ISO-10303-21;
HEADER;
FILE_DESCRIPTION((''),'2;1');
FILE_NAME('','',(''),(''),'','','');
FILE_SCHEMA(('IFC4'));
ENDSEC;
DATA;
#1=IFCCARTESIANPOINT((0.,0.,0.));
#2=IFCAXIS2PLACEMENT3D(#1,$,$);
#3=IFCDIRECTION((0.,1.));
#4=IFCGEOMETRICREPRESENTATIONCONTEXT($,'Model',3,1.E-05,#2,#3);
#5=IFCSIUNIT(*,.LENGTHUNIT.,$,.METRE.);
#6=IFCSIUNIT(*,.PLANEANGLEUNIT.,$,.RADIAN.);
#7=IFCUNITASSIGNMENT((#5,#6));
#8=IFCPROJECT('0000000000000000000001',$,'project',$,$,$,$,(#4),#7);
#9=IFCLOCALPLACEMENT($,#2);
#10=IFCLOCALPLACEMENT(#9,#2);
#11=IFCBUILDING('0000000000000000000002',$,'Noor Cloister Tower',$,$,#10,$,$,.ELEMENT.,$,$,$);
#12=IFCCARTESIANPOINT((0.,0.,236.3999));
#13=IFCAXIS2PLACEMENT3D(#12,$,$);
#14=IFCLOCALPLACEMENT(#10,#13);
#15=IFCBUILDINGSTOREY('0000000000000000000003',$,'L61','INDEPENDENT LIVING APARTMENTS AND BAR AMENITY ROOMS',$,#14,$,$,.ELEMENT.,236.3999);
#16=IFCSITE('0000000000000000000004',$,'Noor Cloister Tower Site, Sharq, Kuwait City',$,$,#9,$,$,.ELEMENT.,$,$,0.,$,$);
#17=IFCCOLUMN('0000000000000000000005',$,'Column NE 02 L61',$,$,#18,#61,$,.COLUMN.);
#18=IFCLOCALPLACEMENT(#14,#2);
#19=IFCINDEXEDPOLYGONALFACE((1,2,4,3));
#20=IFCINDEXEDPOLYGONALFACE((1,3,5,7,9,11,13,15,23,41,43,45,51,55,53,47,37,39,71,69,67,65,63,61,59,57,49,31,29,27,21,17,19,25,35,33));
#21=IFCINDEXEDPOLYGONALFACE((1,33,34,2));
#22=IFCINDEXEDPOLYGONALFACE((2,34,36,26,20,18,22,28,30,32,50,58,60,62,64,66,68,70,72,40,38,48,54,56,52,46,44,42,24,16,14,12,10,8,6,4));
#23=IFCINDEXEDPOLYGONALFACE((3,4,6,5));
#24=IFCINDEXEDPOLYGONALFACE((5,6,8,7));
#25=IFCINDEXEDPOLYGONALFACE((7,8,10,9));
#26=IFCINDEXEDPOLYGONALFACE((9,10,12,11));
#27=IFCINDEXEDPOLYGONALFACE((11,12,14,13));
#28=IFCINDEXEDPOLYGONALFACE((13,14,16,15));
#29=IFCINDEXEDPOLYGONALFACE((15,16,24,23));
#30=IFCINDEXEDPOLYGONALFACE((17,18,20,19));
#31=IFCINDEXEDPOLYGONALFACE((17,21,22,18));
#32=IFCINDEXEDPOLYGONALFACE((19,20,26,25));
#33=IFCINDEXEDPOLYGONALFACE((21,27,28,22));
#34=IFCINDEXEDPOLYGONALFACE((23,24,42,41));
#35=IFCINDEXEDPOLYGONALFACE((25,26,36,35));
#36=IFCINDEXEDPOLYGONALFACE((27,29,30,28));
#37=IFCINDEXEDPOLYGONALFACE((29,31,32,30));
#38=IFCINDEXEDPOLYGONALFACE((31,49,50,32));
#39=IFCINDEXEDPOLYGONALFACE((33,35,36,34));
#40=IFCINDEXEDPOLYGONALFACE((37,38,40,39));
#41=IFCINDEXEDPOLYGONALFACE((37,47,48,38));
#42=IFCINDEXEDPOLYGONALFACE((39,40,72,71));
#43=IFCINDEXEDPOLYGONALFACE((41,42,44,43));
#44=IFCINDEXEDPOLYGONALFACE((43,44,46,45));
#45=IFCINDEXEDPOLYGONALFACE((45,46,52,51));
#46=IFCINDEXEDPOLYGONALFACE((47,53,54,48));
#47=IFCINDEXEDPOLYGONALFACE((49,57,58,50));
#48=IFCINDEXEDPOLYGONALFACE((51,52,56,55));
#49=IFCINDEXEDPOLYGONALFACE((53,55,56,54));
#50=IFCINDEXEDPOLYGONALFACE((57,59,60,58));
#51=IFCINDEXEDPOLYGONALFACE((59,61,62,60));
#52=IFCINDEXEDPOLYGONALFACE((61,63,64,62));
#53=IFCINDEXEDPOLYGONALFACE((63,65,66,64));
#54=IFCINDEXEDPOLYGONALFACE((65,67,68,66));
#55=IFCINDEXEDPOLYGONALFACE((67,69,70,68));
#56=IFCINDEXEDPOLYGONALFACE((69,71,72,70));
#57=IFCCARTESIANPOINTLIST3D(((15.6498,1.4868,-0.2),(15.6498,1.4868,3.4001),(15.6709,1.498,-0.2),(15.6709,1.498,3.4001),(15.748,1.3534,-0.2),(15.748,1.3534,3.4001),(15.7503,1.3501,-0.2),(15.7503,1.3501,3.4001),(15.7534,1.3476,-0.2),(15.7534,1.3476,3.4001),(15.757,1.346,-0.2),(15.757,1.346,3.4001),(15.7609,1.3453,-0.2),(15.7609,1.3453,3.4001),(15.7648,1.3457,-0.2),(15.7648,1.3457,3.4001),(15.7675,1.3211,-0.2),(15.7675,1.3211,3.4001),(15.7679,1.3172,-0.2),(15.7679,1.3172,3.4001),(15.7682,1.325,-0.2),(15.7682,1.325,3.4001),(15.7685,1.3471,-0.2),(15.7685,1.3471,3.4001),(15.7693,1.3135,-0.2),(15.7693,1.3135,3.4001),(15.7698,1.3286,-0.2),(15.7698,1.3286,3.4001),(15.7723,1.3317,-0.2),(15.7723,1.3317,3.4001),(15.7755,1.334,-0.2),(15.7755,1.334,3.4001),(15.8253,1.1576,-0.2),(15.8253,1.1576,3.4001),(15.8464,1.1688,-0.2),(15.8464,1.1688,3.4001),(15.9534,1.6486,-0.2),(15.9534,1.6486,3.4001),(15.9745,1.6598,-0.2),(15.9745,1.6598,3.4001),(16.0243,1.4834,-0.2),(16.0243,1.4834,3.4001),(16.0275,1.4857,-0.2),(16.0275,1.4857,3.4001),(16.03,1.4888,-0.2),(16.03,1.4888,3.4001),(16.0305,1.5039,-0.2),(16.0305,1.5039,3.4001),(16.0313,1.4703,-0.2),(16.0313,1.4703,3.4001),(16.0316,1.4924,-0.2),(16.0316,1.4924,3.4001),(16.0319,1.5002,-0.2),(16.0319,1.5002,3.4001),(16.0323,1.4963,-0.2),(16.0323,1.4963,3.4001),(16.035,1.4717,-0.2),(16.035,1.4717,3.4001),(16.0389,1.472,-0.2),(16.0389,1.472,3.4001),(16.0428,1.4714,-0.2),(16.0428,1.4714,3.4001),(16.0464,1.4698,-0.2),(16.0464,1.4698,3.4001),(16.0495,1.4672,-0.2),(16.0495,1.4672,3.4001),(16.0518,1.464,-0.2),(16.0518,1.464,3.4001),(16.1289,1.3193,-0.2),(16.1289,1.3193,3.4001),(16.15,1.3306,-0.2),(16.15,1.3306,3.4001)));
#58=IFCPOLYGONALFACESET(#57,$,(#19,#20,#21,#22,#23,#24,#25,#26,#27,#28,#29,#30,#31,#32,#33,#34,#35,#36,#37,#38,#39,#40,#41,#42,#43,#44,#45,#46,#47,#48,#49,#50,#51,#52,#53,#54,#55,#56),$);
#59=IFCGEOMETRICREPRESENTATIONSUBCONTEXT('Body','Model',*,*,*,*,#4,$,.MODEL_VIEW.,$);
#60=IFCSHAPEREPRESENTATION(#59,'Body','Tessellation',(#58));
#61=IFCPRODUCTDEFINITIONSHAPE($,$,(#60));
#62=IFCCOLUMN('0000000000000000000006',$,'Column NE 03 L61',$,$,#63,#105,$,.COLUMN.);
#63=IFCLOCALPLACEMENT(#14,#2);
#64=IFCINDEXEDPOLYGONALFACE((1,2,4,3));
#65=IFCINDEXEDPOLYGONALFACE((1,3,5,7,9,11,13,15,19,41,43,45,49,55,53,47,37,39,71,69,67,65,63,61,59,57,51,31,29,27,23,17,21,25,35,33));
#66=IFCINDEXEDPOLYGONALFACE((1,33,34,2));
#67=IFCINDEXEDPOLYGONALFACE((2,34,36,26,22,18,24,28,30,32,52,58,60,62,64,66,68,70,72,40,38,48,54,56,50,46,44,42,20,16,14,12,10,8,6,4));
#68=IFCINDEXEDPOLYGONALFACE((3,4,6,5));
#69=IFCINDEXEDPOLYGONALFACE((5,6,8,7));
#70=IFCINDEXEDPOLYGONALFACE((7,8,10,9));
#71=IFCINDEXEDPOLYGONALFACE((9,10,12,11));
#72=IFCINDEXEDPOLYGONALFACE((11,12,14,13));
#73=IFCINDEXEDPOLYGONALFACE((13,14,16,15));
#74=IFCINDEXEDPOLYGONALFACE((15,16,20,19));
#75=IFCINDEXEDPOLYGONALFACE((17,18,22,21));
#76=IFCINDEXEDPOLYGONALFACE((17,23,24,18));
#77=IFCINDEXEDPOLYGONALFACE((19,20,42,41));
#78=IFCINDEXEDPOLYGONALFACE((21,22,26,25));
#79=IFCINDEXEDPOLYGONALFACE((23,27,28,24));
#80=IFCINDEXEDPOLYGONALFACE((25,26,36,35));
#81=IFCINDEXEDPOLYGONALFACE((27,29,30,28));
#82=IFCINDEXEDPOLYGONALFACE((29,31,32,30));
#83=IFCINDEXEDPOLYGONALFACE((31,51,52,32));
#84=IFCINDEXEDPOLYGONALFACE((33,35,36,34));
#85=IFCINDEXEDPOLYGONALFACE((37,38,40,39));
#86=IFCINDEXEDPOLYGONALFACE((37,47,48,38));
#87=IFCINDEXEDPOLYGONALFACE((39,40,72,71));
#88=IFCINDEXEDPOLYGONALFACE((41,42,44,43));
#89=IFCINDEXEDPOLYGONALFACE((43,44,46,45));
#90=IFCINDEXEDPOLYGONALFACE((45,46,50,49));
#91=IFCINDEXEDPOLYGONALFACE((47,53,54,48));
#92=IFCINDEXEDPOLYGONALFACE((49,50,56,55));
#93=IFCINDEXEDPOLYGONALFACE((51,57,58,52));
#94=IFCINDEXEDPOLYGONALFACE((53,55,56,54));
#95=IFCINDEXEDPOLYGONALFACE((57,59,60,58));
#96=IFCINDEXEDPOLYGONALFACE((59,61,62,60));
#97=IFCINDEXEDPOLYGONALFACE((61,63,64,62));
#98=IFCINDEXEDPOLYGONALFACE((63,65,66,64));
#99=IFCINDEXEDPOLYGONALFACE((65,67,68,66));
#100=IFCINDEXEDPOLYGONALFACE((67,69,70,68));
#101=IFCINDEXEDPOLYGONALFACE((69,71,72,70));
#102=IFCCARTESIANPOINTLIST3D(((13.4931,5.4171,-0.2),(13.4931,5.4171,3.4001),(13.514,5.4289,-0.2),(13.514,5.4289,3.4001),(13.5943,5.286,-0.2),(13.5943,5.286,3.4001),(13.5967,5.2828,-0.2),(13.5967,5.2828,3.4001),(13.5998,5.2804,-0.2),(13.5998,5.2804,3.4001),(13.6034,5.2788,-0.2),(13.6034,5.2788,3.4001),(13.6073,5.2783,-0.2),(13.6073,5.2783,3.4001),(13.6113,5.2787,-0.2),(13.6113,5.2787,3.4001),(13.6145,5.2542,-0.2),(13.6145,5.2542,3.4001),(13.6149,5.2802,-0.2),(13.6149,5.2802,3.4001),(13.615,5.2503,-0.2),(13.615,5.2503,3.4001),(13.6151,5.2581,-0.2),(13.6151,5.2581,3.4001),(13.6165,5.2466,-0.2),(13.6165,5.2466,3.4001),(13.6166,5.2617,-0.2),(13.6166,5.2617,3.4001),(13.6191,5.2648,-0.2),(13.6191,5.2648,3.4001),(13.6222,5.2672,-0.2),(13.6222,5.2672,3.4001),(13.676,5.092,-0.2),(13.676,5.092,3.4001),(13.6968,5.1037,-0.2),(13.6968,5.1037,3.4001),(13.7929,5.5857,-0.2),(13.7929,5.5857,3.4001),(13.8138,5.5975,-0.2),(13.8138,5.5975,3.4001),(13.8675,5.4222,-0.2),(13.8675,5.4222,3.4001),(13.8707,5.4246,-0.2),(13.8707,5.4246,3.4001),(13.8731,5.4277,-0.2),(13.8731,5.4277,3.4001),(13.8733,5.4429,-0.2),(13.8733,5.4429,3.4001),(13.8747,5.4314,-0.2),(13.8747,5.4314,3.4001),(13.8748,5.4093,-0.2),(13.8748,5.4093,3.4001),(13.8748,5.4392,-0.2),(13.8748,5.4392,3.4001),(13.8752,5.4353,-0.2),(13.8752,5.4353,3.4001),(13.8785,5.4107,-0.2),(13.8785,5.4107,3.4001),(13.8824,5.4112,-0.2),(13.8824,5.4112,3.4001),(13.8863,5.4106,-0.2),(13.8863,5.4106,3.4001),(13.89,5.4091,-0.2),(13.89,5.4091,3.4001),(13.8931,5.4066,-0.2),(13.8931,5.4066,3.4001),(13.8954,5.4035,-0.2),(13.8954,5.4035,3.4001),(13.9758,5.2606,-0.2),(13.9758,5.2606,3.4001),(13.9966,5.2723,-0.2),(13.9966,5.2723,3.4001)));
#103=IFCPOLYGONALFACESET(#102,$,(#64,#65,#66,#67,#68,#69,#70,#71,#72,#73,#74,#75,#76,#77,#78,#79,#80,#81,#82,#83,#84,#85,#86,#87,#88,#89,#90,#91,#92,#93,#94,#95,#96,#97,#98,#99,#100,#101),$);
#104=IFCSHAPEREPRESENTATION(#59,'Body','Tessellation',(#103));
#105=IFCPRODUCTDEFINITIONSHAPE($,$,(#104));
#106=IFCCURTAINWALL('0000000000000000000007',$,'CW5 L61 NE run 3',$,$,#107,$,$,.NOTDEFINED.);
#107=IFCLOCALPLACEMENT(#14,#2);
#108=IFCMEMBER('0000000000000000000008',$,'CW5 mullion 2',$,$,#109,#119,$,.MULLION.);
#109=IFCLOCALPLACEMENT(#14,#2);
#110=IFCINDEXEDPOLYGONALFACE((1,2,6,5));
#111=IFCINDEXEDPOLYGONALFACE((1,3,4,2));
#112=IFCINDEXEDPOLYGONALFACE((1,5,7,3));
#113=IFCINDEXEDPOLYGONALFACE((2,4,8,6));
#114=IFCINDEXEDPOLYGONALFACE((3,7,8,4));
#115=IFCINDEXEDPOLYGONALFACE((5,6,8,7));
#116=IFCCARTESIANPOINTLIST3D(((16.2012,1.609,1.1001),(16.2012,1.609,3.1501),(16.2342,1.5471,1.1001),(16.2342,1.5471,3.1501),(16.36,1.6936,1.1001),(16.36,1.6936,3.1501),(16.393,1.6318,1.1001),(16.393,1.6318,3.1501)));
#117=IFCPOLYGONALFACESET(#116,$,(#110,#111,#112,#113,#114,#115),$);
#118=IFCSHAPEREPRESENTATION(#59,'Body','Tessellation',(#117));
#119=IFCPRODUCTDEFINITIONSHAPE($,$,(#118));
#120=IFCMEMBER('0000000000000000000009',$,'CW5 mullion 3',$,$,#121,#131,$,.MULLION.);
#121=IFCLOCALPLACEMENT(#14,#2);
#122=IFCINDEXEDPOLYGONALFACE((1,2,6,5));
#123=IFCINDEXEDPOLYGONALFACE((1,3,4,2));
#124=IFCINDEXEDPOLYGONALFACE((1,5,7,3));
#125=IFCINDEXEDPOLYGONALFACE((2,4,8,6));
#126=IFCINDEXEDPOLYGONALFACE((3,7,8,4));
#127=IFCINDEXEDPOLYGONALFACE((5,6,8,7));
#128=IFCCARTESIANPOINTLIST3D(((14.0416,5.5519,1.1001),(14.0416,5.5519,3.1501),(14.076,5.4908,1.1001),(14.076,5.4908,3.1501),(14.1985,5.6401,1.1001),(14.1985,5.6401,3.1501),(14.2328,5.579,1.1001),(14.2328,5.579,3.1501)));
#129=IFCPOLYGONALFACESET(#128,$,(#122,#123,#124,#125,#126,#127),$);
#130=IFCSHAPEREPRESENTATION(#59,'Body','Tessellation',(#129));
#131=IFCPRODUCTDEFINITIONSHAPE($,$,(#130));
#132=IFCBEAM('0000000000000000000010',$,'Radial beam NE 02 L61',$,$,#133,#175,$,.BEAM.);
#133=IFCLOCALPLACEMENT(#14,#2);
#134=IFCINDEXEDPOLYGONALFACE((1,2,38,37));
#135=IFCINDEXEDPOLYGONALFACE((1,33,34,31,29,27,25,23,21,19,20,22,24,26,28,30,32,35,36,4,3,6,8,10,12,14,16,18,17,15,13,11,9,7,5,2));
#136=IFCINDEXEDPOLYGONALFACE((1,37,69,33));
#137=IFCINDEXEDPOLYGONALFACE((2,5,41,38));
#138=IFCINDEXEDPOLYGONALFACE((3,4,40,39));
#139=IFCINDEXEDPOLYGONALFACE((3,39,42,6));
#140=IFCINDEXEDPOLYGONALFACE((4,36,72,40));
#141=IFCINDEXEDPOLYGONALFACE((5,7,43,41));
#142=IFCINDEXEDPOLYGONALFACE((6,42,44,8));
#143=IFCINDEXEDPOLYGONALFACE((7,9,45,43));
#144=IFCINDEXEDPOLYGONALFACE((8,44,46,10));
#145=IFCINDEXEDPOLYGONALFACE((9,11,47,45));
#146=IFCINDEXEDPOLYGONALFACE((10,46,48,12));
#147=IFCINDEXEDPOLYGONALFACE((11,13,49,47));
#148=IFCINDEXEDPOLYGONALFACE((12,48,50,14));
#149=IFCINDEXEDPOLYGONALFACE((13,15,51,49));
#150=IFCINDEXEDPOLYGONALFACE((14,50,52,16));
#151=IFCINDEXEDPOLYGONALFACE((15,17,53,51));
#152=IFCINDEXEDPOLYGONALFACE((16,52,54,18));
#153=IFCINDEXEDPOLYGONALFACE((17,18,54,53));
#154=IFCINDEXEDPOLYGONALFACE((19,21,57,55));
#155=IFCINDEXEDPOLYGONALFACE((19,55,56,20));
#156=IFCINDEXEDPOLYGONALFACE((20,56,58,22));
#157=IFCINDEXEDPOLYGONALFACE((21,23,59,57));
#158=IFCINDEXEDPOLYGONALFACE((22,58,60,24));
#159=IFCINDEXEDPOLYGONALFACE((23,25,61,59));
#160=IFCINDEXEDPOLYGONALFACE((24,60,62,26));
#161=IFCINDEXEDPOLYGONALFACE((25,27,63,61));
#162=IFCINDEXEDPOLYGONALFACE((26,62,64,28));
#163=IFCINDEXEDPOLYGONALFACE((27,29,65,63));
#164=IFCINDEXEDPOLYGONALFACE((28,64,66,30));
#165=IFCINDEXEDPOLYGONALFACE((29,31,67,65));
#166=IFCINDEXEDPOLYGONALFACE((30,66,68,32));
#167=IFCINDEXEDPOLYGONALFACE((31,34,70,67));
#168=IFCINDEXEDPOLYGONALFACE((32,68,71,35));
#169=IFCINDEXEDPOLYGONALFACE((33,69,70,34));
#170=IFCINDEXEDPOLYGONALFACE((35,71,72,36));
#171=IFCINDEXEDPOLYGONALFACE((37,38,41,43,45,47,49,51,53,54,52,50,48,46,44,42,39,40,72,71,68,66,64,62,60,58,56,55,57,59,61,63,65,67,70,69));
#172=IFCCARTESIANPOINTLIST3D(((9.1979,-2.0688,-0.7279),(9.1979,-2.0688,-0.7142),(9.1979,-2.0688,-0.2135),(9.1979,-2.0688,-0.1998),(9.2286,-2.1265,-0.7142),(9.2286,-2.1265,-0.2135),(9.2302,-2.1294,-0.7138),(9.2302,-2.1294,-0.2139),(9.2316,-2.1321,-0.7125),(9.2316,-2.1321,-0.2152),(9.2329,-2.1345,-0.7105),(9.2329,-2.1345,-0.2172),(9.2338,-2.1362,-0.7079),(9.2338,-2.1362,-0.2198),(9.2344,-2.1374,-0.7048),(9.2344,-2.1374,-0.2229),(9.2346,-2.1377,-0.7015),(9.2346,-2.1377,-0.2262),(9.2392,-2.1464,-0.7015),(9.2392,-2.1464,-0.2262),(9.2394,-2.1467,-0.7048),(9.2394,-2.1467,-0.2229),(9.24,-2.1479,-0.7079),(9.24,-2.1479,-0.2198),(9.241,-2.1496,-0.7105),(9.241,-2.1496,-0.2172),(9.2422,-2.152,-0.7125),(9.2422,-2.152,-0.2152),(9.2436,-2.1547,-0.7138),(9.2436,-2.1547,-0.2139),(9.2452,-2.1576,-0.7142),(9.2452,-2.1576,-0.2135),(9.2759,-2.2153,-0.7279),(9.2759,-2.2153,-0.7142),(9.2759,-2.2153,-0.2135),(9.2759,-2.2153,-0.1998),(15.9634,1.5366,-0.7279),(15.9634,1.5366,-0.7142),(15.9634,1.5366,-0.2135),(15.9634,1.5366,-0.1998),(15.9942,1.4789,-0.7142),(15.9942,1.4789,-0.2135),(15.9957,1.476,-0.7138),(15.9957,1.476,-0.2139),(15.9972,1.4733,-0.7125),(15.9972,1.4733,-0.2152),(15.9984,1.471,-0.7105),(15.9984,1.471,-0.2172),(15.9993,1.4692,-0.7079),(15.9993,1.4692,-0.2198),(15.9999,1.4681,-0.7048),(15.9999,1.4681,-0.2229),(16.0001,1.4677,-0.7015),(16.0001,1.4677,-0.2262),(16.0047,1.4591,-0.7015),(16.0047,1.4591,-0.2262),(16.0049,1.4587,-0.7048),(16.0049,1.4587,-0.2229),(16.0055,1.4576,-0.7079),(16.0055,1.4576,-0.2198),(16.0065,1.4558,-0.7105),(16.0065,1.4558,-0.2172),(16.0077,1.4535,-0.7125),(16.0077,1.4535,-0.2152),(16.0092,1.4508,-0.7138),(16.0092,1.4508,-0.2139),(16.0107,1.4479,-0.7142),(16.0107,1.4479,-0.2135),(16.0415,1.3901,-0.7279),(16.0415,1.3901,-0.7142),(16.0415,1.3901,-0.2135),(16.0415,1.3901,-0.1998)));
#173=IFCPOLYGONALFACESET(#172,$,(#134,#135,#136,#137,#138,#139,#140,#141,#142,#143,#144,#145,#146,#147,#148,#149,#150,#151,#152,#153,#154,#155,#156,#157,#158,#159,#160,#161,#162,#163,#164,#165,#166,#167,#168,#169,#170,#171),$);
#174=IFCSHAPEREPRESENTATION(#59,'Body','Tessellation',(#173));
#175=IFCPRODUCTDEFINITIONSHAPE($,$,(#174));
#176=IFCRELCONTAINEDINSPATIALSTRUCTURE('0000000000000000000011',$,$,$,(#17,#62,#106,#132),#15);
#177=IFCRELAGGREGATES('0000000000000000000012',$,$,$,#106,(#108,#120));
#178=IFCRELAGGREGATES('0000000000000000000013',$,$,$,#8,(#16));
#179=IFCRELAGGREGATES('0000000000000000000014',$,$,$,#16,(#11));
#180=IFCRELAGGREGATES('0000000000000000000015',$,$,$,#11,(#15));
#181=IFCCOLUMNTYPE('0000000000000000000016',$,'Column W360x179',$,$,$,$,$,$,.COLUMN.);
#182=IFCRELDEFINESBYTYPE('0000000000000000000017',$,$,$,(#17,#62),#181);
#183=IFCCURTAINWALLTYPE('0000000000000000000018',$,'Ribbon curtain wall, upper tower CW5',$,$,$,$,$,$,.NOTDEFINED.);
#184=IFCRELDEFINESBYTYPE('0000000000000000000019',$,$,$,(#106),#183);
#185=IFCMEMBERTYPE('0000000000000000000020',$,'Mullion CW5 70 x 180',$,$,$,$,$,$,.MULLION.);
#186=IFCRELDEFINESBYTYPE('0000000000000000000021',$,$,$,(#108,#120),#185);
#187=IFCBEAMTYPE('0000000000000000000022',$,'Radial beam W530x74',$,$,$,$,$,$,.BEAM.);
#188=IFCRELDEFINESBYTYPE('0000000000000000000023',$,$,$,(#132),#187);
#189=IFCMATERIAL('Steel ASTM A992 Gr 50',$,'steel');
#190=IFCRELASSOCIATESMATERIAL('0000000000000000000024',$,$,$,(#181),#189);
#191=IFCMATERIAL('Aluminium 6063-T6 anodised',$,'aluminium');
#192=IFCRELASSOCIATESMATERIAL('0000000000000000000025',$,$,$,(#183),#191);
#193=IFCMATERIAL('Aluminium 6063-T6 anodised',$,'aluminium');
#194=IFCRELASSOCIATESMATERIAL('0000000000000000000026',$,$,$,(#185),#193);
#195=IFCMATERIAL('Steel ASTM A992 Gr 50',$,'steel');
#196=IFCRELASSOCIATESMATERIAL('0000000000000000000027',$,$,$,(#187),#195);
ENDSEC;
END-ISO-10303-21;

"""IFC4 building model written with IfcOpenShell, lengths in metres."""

from ifc_helpers import new_model, si_unit, direction, frame, origin, origin_2d, place, context, subcontext, project, spatial, rectangle, i_section, extrude, material, material_profile, profile_set, type_object, element, aggregate, save


model = new_model("IFC4")

# Units and contexts
model_context = context("Model", 3, precision=1e-05, world=origin(), true_north=direction((0.0, 1.0)))
body_context = subcontext(model_context, "Body", "Model", "MODEL_VIEW")
ifc_project = project(units=[si_unit("LENGTHUNIT", "METRE"), si_unit("PLANEANGLEUNIT", "RADIAN")], contexts=[model_context])

# Site, building, storey
site_placement = place(None, origin())
site = spatial("IfcSite", under=ifc_project, at=site_placement, Name="Noor Cloister Tower Site, Sharq, Kuwait City", CompositionType="ELEMENT", RefElevation=0.0)
building_placement = place(site_placement, origin())
building = spatial("IfcBuilding", under=site, at=building_placement, Name="Noor Cloister Tower", CompositionType="ELEMENT")
storey_placement = place(building_placement, frame((0.0, 0.0, 236.3999)))
storey = spatial("IfcBuildingStorey", under=building, at=storey_placement, Name="L61", Description="INDEPENDENT LIVING APARTMENTS AND BAR AMENITY ROOMS", CompositionType="ELEMENT", Elevation=236.3999)

# Columns
ifc_material_1 = material(Name="Steel ASTM A992 Gr 50", Category="steel")
ifc_material_profile_1 = material_profile(ifc_material_1, i_section(OverallWidth=0.373, OverallDepth=0.3679, WebThickness=0.0149, FlangeThickness=0.0239, FilletRadius=0.0151, at=origin_2d()), Name="W360x179")
ifc_profile_set_1 = profile_set([ifc_material_profile_1], Name="Steel ASTM A992 Gr 50")
column_type = type_object("IfcColumnType", Name="Column W360x179", PredefinedType="COLUMN", material=ifc_profile_set_1)
for number, where, z_axis, x_axis, name in (
    (1, (15.8999, 1.4087, -0.2), (0.0, 0.0, 1.0), (-0.470293, 0.88251, 0.0), "Column NE 02 L61"),
    (2, (13.7449, 5.3447, -0.2), (0.0, 0.0, 1.0), (-0.49016, 0.871632, 0.0), "Column NE 03 L61"),
):
    element("IfcColumn", number, at=place(storey_placement, frame(where, z_axis=z_axis, x_axis=x_axis)), inside=storey, type_object=column_type, Name=name, PredefinedType="COLUMN", context=body_context, shape_type="SweptSolid", body=[
        extrude(i_section(OverallWidth=0.373, OverallDepth=0.3679, WebThickness=0.0149, FlangeThickness=0.0239, FilletRadius=0.0151, at=origin_2d()), origin(), (0.0, 0.0, 1.0), 3.6001),
    ])

# Curtain wall, members
ifc_material_2 = material(Name="Aluminium 6063-T6 anodised", Category="aluminium")
curtain_wall_type = type_object("IfcCurtainWallType", Name="Ribbon curtain wall, upper tower CW5", PredefinedType="NOTDEFINED", material=ifc_material_2)
curtain_wall_placement = place(storey_placement, origin())
curtain_wall = element("IfcCurtainWall", 3, at=curtain_wall_placement, inside=storey, type_object=curtain_wall_type, Name="CW5 L61 NE run 3", PredefinedType="NOTDEFINED")
ifc_material_3 = material(Name="Aluminium 6063-T6 anodised", Category="aluminium")
ifc_material_profile_2 = material_profile(ifc_material_3, rectangle(XDim=0.1799, YDim=0.0701, at=origin_2d()), Name="180 x 70 mullion")
ifc_profile_set_2 = profile_set([ifc_material_profile_2], Name="Aluminium 6063-T6 anodised")
member_type = type_object("IfcMemberType", Name="Mullion CW5 70 x 180", PredefinedType="MULLION", material=ifc_profile_set_2)
member_1_placement = place(storey_placement, frame((16.2971, 1.6204, 1.1001), z_axis=(0.0, 0.0, 1.0), x_axis=(-0.88251, -0.470293, 0.0)))
member_1 = element("IfcMember", 4, at=member_1_placement, type_object=member_type, Name="CW5 mullion 2", PredefinedType="MULLION", context=body_context, shape_type="SweptSolid", body=[
    extrude(rectangle(XDim=0.1799, YDim=0.0701, at=origin_2d()), origin(), (0.0, 0.0, 1.0), 2.05),
])
member_2_placement = place(storey_placement, frame((14.1372, 5.5654, 1.1001), z_axis=(0.0, 0.0, 1.0), x_axis=(-0.871632, -0.49016, 0.0)))
member_2 = element("IfcMember", 5, at=member_2_placement, type_object=member_type, Name="CW5 mullion 3", PredefinedType="MULLION", context=body_context, shape_type="SweptSolid", body=[
    extrude(rectangle(XDim=0.1799, YDim=0.0701, at=origin_2d()), origin(), (0.0, 0.0, 1.0), 2.05),
])

# Beam
ifc_material_4 = material(Name="Steel ASTM A992 Gr 50", Category="steel")
ifc_material_profile_3 = material_profile(ifc_material_4, i_section(OverallWidth=0.166, OverallDepth=0.5281, WebThickness=0.0098, FlangeThickness=0.0137, FilletRadius=0.0127, at=origin_2d()), Name="W530x74")
ifc_profile_set_3 = profile_set([ifc_material_profile_3], Name="Steel ASTM A992 Gr 50")
beam_type_1 = type_object("IfcBeamType", Name="Radial beam W530x74", PredefinedType="BEAM", material=ifc_profile_set_3)
beam_1_placement = place(storey_placement, frame((16.0024, 1.4634, -0.4639), z_axis=(-0.882508, -0.470297, 0.0), x_axis=(0.470297, -0.882508, 0.0)))
element("IfcBeam", 6, at=beam_1_placement, inside=storey, type_object=beam_type_1, Name="Radial beam NE 02 L61", PredefinedType="BEAM", context=body_context, shape_type="SweptSolid", body=[
    extrude(i_section(OverallWidth=0.166, OverallDepth=0.5281, WebThickness=0.0098, FlangeThickness=0.0137, FilletRadius=0.0127, at=origin_2d()), origin(), (0.0, 0.0, 1.0), 7.6663),
])

aggregate(curtain_wall, [member_1, member_2])

save(model, "model.ifc")
